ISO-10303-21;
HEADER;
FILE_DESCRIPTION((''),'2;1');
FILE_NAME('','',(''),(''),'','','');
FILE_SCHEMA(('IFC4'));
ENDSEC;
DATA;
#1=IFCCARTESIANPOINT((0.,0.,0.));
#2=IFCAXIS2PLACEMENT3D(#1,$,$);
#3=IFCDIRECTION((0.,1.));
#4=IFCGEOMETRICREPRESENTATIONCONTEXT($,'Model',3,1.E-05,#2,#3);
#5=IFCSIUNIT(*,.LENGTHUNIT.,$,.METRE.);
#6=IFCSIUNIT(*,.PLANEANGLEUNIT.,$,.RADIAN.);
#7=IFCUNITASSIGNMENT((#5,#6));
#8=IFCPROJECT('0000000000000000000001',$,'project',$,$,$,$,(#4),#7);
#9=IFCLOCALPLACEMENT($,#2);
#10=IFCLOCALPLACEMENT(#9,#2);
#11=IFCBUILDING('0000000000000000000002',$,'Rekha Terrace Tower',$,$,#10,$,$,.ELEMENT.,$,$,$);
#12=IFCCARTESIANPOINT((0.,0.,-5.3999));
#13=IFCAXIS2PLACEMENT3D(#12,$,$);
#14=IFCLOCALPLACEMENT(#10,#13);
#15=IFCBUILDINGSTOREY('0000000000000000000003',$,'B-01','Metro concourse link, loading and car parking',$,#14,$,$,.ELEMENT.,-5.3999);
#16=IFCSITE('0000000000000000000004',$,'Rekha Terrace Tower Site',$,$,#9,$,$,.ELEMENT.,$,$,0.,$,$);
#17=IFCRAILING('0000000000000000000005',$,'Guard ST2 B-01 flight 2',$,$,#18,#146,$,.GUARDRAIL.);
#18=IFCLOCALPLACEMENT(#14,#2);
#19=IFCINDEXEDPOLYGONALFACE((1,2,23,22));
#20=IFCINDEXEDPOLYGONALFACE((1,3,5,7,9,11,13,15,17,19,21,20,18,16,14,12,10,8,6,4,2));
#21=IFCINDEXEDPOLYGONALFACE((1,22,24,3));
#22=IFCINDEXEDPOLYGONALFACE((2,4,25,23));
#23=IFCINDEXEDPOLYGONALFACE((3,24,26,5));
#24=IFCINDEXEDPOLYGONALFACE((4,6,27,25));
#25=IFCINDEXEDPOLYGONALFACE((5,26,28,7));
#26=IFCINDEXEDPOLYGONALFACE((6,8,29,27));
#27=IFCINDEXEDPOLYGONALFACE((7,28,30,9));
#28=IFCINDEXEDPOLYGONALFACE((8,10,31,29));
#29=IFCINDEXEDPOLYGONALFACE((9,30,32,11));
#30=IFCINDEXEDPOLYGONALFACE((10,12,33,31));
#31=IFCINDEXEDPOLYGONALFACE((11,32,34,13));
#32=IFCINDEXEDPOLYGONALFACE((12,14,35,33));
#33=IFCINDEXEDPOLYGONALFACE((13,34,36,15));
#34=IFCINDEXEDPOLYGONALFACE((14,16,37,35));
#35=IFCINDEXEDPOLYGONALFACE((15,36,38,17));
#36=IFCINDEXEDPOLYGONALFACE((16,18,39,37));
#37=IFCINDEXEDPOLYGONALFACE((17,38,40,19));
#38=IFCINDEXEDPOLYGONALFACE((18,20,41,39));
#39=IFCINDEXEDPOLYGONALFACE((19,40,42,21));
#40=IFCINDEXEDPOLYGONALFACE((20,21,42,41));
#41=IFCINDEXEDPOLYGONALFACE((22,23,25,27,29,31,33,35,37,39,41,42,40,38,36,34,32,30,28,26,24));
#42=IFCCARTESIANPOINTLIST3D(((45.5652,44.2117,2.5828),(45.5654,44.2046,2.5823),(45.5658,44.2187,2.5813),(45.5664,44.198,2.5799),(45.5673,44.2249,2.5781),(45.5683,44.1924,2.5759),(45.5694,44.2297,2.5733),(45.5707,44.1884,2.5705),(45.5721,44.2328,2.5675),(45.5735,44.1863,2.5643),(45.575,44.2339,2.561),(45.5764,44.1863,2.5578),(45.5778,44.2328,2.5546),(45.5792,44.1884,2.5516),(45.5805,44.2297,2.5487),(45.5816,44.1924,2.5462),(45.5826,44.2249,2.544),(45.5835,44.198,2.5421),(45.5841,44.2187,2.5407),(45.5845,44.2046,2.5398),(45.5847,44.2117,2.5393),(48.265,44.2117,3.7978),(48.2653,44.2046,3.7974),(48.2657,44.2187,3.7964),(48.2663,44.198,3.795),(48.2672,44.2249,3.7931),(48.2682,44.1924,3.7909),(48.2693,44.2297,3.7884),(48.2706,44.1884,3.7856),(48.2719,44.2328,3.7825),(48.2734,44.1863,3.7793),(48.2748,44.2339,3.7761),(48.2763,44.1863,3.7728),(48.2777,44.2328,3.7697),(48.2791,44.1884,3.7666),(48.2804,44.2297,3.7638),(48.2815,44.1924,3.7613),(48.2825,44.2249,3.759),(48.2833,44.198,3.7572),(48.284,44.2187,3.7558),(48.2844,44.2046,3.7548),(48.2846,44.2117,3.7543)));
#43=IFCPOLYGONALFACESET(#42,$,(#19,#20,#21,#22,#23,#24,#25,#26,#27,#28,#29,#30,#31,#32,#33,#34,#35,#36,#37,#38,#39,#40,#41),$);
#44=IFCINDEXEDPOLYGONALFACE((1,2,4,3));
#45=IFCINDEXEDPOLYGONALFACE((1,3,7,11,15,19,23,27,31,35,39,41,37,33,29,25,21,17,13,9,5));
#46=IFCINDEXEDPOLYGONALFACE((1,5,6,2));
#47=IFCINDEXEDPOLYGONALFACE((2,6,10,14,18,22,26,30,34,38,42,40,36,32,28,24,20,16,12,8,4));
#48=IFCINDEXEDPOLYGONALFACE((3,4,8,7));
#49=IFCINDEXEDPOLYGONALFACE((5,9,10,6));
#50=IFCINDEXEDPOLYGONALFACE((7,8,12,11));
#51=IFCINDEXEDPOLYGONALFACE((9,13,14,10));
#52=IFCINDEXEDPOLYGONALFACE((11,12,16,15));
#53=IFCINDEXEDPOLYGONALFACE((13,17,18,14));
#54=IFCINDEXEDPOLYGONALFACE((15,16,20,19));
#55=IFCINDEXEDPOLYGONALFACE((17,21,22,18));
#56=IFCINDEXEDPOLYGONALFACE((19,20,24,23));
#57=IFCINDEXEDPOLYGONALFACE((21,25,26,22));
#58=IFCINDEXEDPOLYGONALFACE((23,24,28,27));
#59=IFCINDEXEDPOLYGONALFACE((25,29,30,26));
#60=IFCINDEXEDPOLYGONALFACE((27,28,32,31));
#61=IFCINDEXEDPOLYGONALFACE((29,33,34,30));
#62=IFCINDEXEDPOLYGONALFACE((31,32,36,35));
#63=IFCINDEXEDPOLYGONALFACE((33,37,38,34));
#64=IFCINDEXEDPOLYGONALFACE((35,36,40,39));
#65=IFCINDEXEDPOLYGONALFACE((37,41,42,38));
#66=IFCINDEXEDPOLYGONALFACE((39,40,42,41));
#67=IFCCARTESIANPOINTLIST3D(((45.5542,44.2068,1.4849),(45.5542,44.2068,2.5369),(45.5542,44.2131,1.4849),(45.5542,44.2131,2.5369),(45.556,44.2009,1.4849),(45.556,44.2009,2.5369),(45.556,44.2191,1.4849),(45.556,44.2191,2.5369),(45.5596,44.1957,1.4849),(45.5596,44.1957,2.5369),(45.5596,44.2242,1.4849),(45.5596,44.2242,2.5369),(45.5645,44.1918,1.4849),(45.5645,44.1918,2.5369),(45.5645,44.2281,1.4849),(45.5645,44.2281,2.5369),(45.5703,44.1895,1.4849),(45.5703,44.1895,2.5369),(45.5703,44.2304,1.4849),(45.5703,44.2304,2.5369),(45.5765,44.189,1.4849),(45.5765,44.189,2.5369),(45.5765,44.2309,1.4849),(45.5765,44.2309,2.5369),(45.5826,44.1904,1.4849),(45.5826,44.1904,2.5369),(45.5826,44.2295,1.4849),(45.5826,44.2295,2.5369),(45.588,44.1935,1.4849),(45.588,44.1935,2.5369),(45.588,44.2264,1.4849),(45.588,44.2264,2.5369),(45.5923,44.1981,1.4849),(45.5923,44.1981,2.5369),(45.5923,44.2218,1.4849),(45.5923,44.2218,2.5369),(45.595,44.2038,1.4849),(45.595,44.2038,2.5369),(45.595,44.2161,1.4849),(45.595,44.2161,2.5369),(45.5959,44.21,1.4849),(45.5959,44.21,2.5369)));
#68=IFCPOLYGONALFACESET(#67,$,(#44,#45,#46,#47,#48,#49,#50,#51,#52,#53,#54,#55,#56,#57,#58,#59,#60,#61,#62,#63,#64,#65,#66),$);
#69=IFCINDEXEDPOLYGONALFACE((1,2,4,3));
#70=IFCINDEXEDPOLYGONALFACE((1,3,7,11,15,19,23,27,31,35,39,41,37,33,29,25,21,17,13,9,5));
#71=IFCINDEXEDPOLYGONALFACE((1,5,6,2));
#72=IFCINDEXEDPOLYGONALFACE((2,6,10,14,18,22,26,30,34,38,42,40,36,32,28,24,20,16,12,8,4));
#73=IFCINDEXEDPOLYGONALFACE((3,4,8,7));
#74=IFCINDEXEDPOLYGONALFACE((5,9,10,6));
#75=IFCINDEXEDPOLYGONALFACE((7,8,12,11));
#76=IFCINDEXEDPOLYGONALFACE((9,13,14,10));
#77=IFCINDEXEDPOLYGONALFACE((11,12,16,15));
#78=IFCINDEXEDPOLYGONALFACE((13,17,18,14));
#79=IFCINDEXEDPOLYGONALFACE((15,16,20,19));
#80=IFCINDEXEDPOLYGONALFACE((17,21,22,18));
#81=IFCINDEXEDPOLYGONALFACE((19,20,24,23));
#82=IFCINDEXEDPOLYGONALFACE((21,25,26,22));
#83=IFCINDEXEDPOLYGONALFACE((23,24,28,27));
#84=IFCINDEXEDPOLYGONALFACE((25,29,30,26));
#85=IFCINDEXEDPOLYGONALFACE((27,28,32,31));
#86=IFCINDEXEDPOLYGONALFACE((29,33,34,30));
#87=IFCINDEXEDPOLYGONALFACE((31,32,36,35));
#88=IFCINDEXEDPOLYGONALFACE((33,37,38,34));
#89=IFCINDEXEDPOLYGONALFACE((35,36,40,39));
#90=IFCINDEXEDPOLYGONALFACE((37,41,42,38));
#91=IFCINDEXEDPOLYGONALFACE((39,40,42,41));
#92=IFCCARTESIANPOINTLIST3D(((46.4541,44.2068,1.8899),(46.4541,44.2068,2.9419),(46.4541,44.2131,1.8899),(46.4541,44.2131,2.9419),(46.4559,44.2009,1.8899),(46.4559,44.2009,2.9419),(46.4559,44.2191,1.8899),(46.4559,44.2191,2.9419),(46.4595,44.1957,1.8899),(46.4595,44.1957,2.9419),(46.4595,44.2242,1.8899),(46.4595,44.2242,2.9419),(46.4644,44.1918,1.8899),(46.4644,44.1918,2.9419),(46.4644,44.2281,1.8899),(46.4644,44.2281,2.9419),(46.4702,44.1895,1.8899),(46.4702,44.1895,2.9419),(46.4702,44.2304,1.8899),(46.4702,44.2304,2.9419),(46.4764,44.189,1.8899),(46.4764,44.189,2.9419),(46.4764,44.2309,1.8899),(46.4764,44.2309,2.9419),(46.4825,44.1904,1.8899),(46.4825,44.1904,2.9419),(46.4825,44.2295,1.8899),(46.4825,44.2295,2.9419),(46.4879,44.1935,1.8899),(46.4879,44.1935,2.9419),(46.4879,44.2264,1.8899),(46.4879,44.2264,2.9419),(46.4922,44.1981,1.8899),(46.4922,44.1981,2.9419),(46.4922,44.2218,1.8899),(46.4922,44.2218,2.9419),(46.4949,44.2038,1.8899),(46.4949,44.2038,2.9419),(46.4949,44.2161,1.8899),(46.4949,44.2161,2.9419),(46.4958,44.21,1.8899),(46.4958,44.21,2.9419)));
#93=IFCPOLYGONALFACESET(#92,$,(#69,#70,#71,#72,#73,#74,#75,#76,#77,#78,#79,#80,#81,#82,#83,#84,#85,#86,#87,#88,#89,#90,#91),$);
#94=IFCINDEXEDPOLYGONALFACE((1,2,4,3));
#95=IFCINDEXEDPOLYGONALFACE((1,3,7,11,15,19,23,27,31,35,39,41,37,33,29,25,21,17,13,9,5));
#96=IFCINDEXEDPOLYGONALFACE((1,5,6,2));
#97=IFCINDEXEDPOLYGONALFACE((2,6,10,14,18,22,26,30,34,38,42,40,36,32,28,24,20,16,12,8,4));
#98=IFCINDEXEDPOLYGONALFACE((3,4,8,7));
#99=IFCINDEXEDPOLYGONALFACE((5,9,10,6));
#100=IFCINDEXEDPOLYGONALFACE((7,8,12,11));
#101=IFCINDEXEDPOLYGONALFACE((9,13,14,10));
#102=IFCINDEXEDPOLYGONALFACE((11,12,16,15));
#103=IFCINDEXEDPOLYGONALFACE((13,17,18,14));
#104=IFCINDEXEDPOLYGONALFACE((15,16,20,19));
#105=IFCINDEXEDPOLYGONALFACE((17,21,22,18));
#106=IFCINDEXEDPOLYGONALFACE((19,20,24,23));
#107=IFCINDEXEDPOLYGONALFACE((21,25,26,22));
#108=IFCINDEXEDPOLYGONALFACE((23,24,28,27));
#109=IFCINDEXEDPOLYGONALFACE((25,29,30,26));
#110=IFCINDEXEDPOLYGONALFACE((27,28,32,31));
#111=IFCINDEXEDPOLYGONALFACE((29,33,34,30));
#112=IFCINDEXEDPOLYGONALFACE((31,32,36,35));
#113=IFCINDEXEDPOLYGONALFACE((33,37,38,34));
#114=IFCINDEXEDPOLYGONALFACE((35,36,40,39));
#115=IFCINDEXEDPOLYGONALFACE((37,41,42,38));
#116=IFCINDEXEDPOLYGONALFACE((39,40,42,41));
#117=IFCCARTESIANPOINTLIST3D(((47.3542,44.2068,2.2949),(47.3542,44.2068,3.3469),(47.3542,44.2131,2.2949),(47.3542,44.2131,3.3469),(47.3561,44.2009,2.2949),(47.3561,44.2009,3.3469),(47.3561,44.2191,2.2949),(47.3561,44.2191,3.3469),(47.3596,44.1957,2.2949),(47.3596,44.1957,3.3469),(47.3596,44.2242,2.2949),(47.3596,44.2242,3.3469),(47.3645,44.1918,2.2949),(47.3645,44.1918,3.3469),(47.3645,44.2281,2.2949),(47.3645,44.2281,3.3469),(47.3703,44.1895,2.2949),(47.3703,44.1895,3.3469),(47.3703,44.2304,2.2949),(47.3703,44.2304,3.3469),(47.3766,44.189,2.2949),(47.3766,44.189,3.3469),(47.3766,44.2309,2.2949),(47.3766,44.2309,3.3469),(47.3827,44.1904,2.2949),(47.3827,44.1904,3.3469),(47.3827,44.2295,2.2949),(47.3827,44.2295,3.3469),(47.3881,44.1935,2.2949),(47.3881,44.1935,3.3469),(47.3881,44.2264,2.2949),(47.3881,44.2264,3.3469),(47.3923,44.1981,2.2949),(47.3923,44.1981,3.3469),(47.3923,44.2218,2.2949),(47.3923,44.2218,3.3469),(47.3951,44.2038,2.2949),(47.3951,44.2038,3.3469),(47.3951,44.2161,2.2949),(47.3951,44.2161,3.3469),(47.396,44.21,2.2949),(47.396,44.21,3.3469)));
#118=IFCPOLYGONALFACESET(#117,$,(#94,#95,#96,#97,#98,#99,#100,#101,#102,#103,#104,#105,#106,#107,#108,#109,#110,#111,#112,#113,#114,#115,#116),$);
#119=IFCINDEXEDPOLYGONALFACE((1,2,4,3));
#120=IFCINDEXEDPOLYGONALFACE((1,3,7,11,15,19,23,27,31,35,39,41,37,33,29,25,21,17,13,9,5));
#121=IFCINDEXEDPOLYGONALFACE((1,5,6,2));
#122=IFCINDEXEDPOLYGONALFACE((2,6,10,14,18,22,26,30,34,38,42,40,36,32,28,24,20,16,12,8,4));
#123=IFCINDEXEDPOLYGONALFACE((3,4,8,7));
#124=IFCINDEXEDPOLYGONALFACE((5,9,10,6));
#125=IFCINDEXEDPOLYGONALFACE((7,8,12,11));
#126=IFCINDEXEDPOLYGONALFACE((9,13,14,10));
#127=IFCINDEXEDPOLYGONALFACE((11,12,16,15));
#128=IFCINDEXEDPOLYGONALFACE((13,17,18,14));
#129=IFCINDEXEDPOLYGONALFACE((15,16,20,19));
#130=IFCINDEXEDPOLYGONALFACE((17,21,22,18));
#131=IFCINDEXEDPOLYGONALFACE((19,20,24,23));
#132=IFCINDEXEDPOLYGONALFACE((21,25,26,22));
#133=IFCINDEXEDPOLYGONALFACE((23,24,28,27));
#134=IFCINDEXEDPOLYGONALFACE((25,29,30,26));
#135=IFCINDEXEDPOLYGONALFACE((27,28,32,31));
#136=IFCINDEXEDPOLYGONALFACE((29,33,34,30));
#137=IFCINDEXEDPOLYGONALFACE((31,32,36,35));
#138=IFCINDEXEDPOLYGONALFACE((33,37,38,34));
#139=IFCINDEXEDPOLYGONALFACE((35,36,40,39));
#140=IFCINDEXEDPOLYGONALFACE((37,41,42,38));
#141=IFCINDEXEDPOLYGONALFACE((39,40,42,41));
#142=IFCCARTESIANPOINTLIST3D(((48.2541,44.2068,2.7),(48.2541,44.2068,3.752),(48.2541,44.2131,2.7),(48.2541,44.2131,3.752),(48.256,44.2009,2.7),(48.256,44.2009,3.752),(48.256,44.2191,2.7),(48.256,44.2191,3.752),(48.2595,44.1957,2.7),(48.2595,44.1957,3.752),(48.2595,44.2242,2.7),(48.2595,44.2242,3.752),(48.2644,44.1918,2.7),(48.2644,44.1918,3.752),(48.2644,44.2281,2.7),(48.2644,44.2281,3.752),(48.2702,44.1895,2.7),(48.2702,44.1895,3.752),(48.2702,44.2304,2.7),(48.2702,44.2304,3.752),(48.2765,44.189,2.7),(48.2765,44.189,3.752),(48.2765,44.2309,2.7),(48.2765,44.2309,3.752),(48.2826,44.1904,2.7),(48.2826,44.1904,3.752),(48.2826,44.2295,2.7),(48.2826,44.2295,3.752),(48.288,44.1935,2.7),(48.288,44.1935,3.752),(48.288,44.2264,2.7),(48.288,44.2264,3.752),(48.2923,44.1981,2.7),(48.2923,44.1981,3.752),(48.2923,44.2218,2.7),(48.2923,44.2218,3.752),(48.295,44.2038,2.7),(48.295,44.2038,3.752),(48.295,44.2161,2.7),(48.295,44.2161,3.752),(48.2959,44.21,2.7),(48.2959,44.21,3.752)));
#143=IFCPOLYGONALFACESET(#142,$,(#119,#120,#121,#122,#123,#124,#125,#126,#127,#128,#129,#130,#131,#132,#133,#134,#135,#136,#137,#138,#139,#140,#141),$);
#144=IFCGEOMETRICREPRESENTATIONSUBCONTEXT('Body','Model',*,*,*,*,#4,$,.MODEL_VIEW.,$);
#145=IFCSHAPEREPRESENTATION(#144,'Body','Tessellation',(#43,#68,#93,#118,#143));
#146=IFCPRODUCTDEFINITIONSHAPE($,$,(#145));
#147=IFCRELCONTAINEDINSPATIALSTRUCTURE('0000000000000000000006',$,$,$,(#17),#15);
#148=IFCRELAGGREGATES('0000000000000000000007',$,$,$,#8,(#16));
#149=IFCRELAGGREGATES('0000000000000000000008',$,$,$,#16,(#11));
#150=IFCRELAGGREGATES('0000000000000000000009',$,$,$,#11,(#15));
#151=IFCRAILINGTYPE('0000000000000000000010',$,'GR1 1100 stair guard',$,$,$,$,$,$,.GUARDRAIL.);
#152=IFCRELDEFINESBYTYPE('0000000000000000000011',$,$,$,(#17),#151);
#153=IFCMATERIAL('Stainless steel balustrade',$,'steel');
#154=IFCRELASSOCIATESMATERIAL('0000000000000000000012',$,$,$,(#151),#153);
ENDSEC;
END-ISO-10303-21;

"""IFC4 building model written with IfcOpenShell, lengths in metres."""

from ifc_helpers import new_model, si_unit, direction, frame, origin, origin_2d, place, context, subcontext, project, spatial, circle, extrude, material, type_object, element, save


model = new_model("IFC4")

# Units and contexts
model_context = context("Model", 3, precision=1e-05, world=origin(), true_north=direction((0.0, 1.0)))
body_context = subcontext(model_context, "Body", "Model", "MODEL_VIEW")
ifc_project = project(units=[si_unit("LENGTHUNIT", "METRE"), si_unit("PLANEANGLEUNIT", "RADIAN")], contexts=[model_context])

# Site, building, storey
site_placement = place(None, origin())
site = spatial("IfcSite", under=ifc_project, at=site_placement, Name="Rekha Terrace Tower Site", CompositionType="ELEMENT", RefElevation=0.0)
building_placement = place(site_placement, origin())
building = spatial("IfcBuilding", under=site, at=building_placement, Name="Rekha Terrace Tower", CompositionType="ELEMENT")
storey_placement = place(building_placement, frame((0.0, 0.0, -5.3999)))
storey = spatial("IfcBuildingStorey", under=building, at=storey_placement, Name="B-01", Description="Metro concourse link, loading and car parking", CompositionType="ELEMENT", Elevation=-5.3999)

# Railing
ifc_material_1 = material(Name="Stainless steel balustrade", Category="steel")
railing_type_1 = type_object("IfcRailingType", Name="GR1 1100 stair guard", PredefinedType="GUARDRAIL", material=ifc_material_1)
railing_1_placement = place(storey_placement, frame((45.575, 44.21, 1.4849)))
element("IfcRailing", 1, at=railing_1_placement, inside=storey, type_object=railing_type_1, Name="Guard ST2 B-01 flight 2", PredefinedType="GUARDRAIL", context=body_context, shape_type="SweptSolid", body=[
    extrude(circle(Radius=0.0239, at=origin_2d()), frame((0.0, 0.0, 1.0762), z_axis=(0.911908, 0.0, 0.410396), x_axis=(0.0, 1.0, 0.0)), (0.0, 0.0, 1.0), 2.9607),
    extrude(circle(Radius=0.021, at=origin_2d()), origin(), (0.0, 0.0, 1.0), 1.052),
    extrude(circle(Radius=0.021, at=origin_2d()), frame((0.8999, 0.0, 0.405)), (0.0, 0.0, 1.0), 1.052),
    extrude(circle(Radius=0.021, at=origin_2d()), frame((1.8, 0.0, 0.8101)), (0.0, 0.0, 1.0), 1.052),
    extrude(circle(Radius=0.021, at=origin_2d()), frame((2.7, 0.0, 1.2151)), (0.0, 0.0, 1.0), 1.052),
])

save(model, "model.ifc")
